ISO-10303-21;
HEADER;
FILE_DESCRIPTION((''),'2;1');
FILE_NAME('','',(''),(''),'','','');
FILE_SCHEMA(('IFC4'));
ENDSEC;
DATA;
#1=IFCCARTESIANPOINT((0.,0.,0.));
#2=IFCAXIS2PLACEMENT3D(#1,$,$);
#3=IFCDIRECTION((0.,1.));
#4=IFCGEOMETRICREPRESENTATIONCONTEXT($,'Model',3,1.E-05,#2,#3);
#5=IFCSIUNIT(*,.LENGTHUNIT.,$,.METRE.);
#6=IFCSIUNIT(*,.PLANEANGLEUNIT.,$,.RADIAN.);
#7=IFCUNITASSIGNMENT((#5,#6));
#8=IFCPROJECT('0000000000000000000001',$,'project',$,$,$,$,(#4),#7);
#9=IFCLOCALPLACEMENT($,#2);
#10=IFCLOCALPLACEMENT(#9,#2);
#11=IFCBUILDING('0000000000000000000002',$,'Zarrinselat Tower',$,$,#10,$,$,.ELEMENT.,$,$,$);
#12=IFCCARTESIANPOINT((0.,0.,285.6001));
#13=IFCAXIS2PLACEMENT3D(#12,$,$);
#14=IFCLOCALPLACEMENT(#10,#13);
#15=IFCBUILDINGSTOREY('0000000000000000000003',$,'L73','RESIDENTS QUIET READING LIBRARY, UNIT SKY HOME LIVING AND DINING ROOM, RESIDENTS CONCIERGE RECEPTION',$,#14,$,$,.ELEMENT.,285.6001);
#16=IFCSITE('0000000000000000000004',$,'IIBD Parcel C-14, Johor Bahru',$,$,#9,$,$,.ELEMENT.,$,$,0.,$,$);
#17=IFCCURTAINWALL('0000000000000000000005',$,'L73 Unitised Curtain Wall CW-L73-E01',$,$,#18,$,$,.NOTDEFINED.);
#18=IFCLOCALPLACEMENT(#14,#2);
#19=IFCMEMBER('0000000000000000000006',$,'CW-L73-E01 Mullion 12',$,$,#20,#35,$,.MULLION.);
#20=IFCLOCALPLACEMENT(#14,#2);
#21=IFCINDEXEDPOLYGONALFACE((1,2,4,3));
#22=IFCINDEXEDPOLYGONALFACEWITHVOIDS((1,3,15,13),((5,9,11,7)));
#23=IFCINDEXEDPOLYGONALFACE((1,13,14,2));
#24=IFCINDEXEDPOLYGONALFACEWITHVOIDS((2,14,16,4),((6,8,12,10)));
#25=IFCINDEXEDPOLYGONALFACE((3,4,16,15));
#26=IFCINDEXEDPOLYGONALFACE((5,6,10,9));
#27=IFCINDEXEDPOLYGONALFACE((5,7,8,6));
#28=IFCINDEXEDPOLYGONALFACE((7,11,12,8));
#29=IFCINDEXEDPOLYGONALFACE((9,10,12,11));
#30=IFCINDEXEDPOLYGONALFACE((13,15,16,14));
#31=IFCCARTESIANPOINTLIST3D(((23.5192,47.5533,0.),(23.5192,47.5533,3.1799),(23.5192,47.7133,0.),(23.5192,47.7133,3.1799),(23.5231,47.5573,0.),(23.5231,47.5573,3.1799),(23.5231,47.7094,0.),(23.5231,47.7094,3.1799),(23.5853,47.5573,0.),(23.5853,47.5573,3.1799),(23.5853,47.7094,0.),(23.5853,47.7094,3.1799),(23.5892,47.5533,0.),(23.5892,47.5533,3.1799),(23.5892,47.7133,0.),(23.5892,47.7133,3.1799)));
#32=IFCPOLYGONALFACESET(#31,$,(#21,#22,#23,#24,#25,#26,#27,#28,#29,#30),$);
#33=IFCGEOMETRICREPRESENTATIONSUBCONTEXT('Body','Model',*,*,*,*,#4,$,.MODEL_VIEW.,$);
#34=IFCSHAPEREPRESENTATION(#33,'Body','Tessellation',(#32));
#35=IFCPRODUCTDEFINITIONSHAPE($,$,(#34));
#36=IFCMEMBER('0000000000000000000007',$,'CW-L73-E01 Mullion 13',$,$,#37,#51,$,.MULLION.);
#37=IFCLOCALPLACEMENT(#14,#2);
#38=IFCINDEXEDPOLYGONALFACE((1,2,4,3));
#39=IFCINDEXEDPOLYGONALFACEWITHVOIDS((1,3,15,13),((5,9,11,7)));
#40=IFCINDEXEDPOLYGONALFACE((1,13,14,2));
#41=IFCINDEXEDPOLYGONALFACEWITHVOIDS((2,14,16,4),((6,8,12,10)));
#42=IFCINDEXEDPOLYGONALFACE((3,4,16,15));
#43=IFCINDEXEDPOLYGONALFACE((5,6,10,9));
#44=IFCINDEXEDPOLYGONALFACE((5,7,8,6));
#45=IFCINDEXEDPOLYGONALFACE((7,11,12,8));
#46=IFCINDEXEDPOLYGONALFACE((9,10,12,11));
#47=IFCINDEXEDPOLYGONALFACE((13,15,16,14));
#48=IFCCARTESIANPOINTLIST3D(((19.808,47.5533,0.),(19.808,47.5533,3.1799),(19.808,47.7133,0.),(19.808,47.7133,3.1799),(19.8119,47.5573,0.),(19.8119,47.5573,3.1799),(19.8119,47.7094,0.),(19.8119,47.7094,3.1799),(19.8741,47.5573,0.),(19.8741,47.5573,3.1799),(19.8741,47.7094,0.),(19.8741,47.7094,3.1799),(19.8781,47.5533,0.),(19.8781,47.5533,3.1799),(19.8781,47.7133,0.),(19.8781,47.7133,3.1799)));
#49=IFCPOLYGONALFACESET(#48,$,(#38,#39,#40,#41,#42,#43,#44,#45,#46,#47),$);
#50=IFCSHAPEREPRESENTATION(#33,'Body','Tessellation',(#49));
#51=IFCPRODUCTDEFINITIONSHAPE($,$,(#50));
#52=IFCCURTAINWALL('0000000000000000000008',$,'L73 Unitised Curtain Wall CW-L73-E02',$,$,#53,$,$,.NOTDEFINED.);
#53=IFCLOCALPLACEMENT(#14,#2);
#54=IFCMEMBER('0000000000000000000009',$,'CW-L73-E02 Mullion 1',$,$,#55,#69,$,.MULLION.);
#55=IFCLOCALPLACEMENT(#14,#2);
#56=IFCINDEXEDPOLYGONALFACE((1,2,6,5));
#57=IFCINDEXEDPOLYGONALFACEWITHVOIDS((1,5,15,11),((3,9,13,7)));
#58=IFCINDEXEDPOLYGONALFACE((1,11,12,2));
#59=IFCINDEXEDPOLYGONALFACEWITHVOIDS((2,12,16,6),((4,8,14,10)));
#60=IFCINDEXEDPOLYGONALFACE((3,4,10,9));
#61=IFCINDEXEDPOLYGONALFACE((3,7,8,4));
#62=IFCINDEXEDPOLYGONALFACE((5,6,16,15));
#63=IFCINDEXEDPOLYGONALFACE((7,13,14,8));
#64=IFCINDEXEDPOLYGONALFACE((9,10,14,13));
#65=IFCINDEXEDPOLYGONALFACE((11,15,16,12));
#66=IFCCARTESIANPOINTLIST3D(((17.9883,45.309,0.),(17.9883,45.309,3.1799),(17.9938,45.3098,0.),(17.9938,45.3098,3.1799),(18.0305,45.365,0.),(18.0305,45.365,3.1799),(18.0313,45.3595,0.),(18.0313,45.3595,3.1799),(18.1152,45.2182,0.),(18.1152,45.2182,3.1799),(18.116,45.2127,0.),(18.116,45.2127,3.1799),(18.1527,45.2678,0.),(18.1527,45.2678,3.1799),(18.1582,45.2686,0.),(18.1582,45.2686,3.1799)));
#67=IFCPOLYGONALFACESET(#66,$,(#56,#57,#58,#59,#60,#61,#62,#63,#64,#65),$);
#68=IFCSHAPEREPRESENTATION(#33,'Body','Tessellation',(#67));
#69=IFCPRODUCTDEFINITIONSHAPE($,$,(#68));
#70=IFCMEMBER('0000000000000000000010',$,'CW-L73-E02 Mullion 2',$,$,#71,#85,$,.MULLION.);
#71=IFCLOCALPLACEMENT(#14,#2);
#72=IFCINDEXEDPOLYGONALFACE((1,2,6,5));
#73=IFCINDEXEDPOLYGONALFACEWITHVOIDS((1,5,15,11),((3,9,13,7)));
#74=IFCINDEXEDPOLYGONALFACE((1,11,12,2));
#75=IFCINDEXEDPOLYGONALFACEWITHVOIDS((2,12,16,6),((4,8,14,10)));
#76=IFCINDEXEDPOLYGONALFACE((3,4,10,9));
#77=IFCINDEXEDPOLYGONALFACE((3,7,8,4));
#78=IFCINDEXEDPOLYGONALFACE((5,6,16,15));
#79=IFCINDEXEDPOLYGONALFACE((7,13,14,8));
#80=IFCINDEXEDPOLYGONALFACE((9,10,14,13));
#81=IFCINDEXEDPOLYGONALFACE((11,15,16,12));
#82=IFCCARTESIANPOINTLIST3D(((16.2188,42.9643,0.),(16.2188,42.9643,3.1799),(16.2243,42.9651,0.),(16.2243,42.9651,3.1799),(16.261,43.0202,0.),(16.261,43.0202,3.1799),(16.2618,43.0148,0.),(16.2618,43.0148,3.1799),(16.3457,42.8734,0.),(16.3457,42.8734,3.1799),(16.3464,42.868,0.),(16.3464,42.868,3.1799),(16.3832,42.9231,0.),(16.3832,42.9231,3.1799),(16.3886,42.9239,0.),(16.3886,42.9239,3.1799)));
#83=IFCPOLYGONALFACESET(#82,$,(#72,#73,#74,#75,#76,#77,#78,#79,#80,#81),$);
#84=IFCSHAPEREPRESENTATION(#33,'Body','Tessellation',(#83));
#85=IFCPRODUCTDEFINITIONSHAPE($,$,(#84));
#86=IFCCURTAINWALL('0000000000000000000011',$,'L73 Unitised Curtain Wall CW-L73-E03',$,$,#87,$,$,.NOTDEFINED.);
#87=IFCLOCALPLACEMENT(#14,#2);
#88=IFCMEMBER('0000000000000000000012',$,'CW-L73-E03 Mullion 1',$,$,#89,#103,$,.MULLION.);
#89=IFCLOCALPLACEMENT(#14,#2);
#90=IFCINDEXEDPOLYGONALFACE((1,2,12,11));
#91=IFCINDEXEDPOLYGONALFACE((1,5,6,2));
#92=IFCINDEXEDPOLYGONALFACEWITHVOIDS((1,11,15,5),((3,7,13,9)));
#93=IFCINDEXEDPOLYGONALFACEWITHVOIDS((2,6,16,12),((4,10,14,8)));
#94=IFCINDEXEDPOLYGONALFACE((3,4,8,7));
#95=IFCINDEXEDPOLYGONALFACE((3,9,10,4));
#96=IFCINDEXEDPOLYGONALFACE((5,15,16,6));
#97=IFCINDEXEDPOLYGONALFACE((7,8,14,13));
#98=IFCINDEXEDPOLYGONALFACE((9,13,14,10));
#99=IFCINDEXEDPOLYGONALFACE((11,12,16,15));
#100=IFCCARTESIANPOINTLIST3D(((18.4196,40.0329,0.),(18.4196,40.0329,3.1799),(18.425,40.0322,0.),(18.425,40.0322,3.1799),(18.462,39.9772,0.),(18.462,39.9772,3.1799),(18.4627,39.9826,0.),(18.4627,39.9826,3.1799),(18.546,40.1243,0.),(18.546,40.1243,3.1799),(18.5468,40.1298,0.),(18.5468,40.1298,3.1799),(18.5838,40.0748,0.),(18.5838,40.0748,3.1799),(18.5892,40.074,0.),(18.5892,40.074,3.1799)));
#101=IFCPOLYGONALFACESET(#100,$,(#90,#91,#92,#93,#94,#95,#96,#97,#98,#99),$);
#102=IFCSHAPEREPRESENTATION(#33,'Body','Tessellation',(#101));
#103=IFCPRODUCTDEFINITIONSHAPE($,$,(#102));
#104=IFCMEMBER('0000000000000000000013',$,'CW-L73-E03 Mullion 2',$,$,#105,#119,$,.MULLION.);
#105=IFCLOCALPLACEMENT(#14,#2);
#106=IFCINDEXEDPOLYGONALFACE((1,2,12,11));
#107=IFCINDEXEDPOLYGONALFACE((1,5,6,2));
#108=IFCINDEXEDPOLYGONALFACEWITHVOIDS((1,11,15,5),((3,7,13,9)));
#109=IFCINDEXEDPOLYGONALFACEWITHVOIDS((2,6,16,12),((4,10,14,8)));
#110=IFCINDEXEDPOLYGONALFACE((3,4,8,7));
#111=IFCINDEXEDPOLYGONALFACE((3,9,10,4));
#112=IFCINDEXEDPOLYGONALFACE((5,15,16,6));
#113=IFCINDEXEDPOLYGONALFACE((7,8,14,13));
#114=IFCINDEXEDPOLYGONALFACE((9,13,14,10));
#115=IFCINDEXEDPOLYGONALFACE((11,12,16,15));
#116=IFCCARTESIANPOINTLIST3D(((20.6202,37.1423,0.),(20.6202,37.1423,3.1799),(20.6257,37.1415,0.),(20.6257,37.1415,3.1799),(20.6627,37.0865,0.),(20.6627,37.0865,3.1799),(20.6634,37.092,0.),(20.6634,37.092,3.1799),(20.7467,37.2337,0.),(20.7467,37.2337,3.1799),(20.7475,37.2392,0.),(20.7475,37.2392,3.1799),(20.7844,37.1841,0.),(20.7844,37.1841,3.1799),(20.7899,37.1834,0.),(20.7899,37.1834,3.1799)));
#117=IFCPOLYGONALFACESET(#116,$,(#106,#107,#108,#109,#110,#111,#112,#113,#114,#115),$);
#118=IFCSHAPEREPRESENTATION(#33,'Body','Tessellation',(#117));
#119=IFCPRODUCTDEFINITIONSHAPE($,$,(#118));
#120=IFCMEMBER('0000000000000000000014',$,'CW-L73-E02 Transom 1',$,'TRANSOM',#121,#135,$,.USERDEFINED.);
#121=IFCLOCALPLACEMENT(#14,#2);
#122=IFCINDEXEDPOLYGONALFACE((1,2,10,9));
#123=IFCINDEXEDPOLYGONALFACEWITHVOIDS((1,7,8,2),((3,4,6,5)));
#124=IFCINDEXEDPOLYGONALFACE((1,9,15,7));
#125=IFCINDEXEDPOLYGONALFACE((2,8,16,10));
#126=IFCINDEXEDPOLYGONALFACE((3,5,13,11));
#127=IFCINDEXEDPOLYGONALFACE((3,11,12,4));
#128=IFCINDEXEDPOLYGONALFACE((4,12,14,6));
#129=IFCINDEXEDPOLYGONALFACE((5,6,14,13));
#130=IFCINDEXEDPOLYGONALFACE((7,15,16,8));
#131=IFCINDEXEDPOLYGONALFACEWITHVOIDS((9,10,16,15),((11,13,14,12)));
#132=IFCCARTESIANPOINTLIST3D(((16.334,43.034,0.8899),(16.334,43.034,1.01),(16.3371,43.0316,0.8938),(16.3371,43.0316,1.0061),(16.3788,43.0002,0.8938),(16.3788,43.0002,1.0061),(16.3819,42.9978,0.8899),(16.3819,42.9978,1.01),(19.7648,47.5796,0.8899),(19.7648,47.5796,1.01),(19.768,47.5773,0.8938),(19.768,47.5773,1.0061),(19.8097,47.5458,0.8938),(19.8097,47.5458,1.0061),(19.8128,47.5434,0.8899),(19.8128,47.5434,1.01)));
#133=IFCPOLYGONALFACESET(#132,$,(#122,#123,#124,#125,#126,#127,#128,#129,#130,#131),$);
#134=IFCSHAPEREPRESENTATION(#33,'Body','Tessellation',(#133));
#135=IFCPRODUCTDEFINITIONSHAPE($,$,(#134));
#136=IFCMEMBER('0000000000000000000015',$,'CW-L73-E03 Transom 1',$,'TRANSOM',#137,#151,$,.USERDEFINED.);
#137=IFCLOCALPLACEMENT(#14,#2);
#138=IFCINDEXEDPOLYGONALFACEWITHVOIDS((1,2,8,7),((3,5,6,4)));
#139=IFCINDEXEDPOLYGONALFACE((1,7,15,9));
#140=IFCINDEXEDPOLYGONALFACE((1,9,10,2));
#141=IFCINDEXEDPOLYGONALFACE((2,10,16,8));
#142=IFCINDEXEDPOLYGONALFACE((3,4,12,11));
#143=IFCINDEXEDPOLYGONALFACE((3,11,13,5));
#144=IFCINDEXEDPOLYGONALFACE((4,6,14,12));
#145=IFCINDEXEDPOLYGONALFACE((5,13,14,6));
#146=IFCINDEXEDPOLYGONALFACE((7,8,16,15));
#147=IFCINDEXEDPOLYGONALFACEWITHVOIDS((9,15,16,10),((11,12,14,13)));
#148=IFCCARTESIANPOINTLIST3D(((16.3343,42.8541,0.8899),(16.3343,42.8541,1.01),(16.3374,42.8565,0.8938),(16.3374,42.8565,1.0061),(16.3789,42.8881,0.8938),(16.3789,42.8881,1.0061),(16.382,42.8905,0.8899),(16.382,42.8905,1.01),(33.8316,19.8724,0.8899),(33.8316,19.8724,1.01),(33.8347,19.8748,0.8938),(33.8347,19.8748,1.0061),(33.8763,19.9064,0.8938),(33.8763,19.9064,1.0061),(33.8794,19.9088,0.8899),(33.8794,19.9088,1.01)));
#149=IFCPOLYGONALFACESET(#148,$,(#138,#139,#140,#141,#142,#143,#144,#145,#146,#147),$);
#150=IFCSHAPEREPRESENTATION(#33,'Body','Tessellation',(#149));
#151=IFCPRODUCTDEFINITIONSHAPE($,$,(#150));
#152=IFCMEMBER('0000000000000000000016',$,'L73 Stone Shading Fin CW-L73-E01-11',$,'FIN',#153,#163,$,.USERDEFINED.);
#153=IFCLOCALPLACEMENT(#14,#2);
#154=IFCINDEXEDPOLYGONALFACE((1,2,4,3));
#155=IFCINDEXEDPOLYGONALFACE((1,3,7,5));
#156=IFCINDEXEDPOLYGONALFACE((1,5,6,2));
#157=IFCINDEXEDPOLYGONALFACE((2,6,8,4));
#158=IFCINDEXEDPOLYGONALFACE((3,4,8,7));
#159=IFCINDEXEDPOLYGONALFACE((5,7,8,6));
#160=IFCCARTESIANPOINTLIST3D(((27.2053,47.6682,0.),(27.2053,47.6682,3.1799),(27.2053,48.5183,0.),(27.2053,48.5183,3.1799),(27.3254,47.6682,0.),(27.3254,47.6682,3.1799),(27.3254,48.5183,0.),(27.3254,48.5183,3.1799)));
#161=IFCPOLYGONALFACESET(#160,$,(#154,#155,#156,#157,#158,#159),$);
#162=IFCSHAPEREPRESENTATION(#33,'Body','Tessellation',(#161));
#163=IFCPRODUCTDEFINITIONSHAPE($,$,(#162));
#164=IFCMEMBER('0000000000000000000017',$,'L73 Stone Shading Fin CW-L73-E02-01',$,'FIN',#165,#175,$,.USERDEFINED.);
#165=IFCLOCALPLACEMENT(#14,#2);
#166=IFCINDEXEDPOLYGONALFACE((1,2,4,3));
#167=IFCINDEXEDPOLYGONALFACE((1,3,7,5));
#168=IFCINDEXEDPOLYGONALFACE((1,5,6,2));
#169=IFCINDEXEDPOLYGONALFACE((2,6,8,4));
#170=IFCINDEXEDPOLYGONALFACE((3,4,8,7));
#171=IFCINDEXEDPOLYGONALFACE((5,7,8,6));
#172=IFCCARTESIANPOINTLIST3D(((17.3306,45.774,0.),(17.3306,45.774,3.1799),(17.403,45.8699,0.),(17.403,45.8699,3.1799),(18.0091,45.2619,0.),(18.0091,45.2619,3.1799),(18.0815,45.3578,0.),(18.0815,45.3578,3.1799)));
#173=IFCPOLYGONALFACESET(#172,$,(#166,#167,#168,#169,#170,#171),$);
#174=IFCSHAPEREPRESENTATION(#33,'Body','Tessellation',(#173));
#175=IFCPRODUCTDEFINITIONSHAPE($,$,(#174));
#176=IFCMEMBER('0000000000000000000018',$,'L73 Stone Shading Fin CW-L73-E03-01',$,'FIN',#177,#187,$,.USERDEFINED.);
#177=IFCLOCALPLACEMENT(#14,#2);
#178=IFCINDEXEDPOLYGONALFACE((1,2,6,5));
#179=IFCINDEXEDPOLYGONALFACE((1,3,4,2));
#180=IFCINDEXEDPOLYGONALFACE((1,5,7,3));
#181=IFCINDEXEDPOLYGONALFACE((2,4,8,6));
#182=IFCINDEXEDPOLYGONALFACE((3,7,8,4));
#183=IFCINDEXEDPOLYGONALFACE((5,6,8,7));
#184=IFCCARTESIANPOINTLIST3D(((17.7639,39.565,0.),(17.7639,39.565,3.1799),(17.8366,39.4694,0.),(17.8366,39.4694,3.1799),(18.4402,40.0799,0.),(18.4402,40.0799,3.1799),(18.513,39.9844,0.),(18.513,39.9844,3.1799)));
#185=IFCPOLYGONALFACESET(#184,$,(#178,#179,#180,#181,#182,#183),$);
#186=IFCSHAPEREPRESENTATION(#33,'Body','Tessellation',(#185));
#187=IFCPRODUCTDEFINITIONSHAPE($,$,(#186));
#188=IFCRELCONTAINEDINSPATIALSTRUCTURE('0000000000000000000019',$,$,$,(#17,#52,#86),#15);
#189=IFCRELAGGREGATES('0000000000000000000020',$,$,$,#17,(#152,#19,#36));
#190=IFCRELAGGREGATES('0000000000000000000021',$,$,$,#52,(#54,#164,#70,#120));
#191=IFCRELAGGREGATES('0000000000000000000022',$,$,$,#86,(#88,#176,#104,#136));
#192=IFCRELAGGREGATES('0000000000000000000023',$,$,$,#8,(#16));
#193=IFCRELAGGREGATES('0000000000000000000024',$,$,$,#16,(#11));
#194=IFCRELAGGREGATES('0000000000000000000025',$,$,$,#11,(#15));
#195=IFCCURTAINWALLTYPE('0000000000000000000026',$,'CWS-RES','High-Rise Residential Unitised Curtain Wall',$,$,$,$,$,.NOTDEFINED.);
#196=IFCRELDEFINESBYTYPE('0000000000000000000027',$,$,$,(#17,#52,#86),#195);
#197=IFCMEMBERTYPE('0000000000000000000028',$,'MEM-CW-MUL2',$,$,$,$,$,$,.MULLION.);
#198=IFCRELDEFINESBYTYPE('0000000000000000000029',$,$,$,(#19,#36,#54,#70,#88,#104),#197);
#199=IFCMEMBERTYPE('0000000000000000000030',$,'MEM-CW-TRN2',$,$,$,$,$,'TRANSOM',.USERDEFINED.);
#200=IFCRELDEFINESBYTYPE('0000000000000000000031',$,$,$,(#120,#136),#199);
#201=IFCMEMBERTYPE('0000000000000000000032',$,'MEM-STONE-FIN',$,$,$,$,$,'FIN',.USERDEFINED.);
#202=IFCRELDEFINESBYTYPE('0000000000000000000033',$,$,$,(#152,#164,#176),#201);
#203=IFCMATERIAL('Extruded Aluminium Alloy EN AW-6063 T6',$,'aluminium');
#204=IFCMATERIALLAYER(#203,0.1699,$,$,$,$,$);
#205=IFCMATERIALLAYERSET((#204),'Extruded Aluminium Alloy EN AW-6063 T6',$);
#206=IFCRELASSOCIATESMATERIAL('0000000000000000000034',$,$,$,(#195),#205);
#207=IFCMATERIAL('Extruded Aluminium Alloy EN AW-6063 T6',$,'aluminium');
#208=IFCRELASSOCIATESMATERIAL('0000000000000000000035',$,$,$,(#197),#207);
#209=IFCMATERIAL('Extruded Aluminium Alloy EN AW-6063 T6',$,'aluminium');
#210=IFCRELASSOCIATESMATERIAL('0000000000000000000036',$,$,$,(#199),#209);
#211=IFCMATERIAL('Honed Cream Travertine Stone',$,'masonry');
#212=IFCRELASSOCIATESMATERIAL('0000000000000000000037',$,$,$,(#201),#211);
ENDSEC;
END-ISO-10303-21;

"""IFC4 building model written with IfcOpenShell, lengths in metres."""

from ifc_helpers import new_model, si_unit, direction, frame, origin, origin_2d, place, context, subcontext, project, spatial, rectangle, hollow_rectangle, extrude, material, layer, layer_set, material_profile, profile_set, type_object, element, aggregate, save


model = new_model("IFC4")

# Units and contexts
model_context = context("Model", 3, precision=1e-05, world=origin(), true_north=direction((0.0, 1.0)))
body_context = subcontext(model_context, "Body", "Model", "MODEL_VIEW")
ifc_project = project(units=[si_unit("LENGTHUNIT", "METRE"), si_unit("PLANEANGLEUNIT", "RADIAN")], contexts=[model_context])

# Site, building, storey
site_placement = place(None, origin())
site = spatial("IfcSite", under=ifc_project, at=site_placement, Name="IIBD Parcel C-14, Johor Bahru", CompositionType="ELEMENT", RefElevation=0.0)
building_placement = place(site_placement, origin())
building = spatial("IfcBuilding", under=site, at=building_placement, Name="Zarrinselat Tower", CompositionType="ELEMENT")
storey_placement = place(building_placement, frame((0.0, 0.0, 285.6001)))
storey = spatial("IfcBuildingStorey", under=building, at=storey_placement, Name="L73", Description="RESIDENTS QUIET READING LIBRARY, UNIT SKY HOME LIVING AND DINING ROOM, RESIDENTS CONCIERGE RECEPTION", CompositionType="ELEMENT", Elevation=285.6001)

# Curtain walls, members
ifc_material_1 = material(Name="Extruded Aluminium Alloy EN AW-6063 T6", Category="aluminium")
ifc_layer_1 = layer(ifc_material_1, 0.1699)
ifc_layer_set_1 = layer_set([ifc_layer_1], Name="Extruded Aluminium Alloy EN AW-6063 T6")
curtain_wall_type = type_object("IfcCurtainWallType", Name="CWS-RES", Description="High-Rise Residential Unitised Curtain Wall", PredefinedType="NOTDEFINED", material=ifc_layer_set_1)
curtain_wall_1_placement = place(storey_placement, origin())
curtain_wall_1 = element("IfcCurtainWall", 1, at=curtain_wall_1_placement, inside=storey, type_object=curtain_wall_type, Name="L73 Unitised Curtain Wall CW-L73-E01", PredefinedType="NOTDEFINED")
ifc_material_2 = material(Name="Extruded Aluminium Alloy EN AW-6063 T6", Category="aluminium")
ifc_material_profile_1 = material_profile(ifc_material_2, hollow_rectangle(XDim=0.0701, YDim=0.1599, WallThickness=0.0039, at=origin_2d()), Name="RHS 160x70x4")
ifc_profile_set_1 = profile_set([ifc_material_profile_1], Name="Extruded Aluminium Alloy EN AW-6063 T6")
member_type_1 = type_object("IfcMemberType", Name="MEM-CW-MUL2", PredefinedType="MULLION", material=ifc_profile_set_1)
member_1_placement = place(storey_placement, frame((23.5542, 47.6333, 0.0), z_axis=(0.0, 0.0, 1.0), x_axis=(-1.0, 0.0, 0.0)))
member_1 = element("IfcMember", 2, at=member_1_placement, type_object=member_type_1, Name="CW-L73-E01 Mullion 12", PredefinedType="MULLION", context=body_context, shape_type="SweptSolid", body=[
    extrude(hollow_rectangle(XDim=0.0701, YDim=0.1599, WallThickness=0.0039, at=origin_2d()), origin(), (0.0, 0.0, 1.0), 3.1799),
])
member_2_placement = place(storey_placement, frame((19.843, 47.6333, 0.0), z_axis=(0.0, 0.0, 1.0), x_axis=(-1.0, 0.0, 0.0)))
member_2 = element("IfcMember", 3, at=member_2_placement, type_object=member_type_1, Name="CW-L73-E01 Mullion 13", PredefinedType="MULLION", context=body_context, shape_type="SweptSolid", body=[
    extrude(hollow_rectangle(XDim=0.0701, YDim=0.1599, WallThickness=0.0039, at=origin_2d()), origin(), (0.0, 0.0, 1.0), 3.1799),
])
curtain_wall_2_placement = place(storey_placement, origin())
curtain_wall_2 = element("IfcCurtainWall", 4, at=curtain_wall_2_placement, inside=storey, type_object=curtain_wall_type, Name="L73 Unitised Curtain Wall CW-L73-E02", PredefinedType="NOTDEFINED")
member_3_placement = place(storey_placement, frame((18.0732, 45.2888, 0.0), z_axis=(0.0, 0.0, 1.0), x_axis=(-0.60244, -0.798164, 0.0)))
member_3 = element("IfcMember", 5, at=member_3_placement, type_object=member_type_1, Name="CW-L73-E02 Mullion 1", PredefinedType="MULLION", context=body_context, shape_type="SweptSolid", body=[
    extrude(hollow_rectangle(XDim=0.0701, YDim=0.1599, WallThickness=0.0039, at=origin_2d()), origin(), (0.0, 0.0, 1.0), 3.1799),
])
member_4_placement = place(storey_placement, frame((16.3037, 42.9441, 0.0), z_axis=(0.0, 0.0, 1.0), x_axis=(-0.60244, -0.798164, 0.0)))
member_4 = element("IfcMember", 6, at=member_4_placement, type_object=member_type_1, Name="CW-L73-E02 Mullion 2", PredefinedType="MULLION", context=body_context, shape_type="SweptSolid", body=[
    extrude(hollow_rectangle(XDim=0.0701, YDim=0.1599, WallThickness=0.0039, at=origin_2d()), origin(), (0.0, 0.0, 1.0), 3.1799),
])
curtain_wall_3_placement = place(storey_placement, origin())
curtain_wall_3 = element("IfcCurtainWall", 7, at=curtain_wall_3_placement, inside=storey, type_object=curtain_wall_type, Name="L73 Unitised Curtain Wall CW-L73-E03", PredefinedType="NOTDEFINED")
member_5_placement = place(storey_placement, frame((18.5044, 40.0535, 0.0), z_axis=(0.0, 0.0, 1.0), x_axis=(0.605767, -0.795642, 0.0)))
member_5 = element("IfcMember", 8, at=member_5_placement, type_object=member_type_1, Name="CW-L73-E03 Mullion 1", PredefinedType="MULLION", context=body_context, shape_type="SweptSolid", body=[
    extrude(hollow_rectangle(XDim=0.0701, YDim=0.1599, WallThickness=0.0039, at=origin_2d()), origin(), (0.0, 0.0, 1.0), 3.1799),
])
member_6_placement = place(storey_placement, frame((20.7051, 37.1628, 0.0), z_axis=(0.0, 0.0, 1.0), x_axis=(0.605767, -0.795642, 0.0)))
member_6 = element("IfcMember", 9, at=member_6_placement, type_object=member_type_1, Name="CW-L73-E03 Mullion 2", PredefinedType="MULLION", context=body_context, shape_type="SweptSolid", body=[
    extrude(hollow_rectangle(XDim=0.0701, YDim=0.1599, WallThickness=0.0039, at=origin_2d()), origin(), (0.0, 0.0, 1.0), 3.1799),
])

# Members
ifc_material_3 = material(Name="Extruded Aluminium Alloy EN AW-6063 T6", Category="aluminium")
ifc_material_profile_2 = material_profile(ifc_material_3, hollow_rectangle(XDim=0.0601, YDim=0.1201, WallThickness=0.0039, at=origin_2d()), Name="RHS 120x60x4")
ifc_profile_set_2 = profile_set([ifc_material_profile_2], Name="Extruded Aluminium Alloy EN AW-6063 T6")
member_type_2 = type_object("IfcMemberType", Name="MEM-CW-TRN2", ElementType="TRANSOM", PredefinedType="USERDEFINED", material=ifc_profile_set_2)
member_7_placement = place(storey_placement, frame((19.7888, 47.5615, 0.95), z_axis=(-0.602432, -0.79817, 0.0), x_axis=(0.79817, -0.602432, 0.0)))
member_7 = element("IfcMember", 10, at=member_7_placement, type_object=member_type_2, Name="CW-L73-E02 Transom 1", ObjectType="TRANSOM", PredefinedType="USERDEFINED", context=body_context, shape_type="SweptSolid", body=[
    extrude(hollow_rectangle(XDim=0.0601, YDim=0.1201, WallThickness=0.0039, at=origin_2d()), origin(), (0.0, 0.0, 1.0), 5.6951),
])
member_8_placement = place(storey_placement, frame((16.3582, 42.8723, 0.95), z_axis=(0.605768, -0.795641, 0.0), x_axis=(0.795641, 0.605768, 0.0)))
member_8 = element("IfcMember", 11, at=member_8_placement, type_object=member_type_2, Name="CW-L73-E03 Transom 1", ObjectType="TRANSOM", PredefinedType="USERDEFINED", context=body_context, shape_type="SweptSolid", body=[
    extrude(hollow_rectangle(XDim=0.0601, YDim=0.1201, WallThickness=0.0039, at=origin_2d()), origin(), (0.0, 0.0, 1.0), 28.8845),
])
ifc_material_4 = material(Name="Honed Cream Travertine Stone", Category="masonry")
ifc_material_profile_3 = material_profile(ifc_material_4, rectangle(XDim=0.1201, YDim=0.8501, at=origin_2d()), Name="FIN 850x120")
ifc_profile_set_3 = profile_set([ifc_material_profile_3], Name="Honed Cream Travertine Stone")
member_type_3 = type_object("IfcMemberType", Name="MEM-STONE-FIN", ElementType="FIN", PredefinedType="USERDEFINED", material=ifc_profile_set_3)
member_9_placement = place(storey_placement, frame((27.2654, 48.0933, 0.0), z_axis=(0.0, 0.0, 1.0), x_axis=(1.0, 0.0, 0.0)))
member_9 = element("IfcMember", 12, at=member_9_placement, type_object=member_type_3, Name="L73 Stone Shading Fin CW-L73-E01-11", ObjectType="FIN", PredefinedType="USERDEFINED", context=body_context, shape_type="SweptSolid", body=[
    extrude(rectangle(XDim=0.1201, YDim=0.8501, at=origin_2d()), origin(), (0.0, 0.0, 1.0), 3.1799),
])
member_10_placement = place(storey_placement, frame((17.7061, 45.5659, 0.0), z_axis=(0.0, 0.0, 1.0), x_axis=(0.60244, 0.798164, 0.0)))
member_10 = element("IfcMember", 13, at=member_10_placement, type_object=member_type_3, Name="L73 Stone Shading Fin CW-L73-E02-01", ObjectType="FIN", PredefinedType="USERDEFINED", context=body_context, shape_type="SweptSolid", body=[
    extrude(rectangle(XDim=0.1201, YDim=0.8501, at=origin_2d()), origin(), (0.0, 0.0, 1.0), 3.1799),
])
member_11_placement = place(storey_placement, frame((18.1384, 39.7747, 0.0), z_axis=(0.0, 0.0, 1.0), x_axis=(-0.605767, 0.795642, 0.0)))
member_11 = element("IfcMember", 14, at=member_11_placement, type_object=member_type_3, Name="L73 Stone Shading Fin CW-L73-E03-01", ObjectType="FIN", PredefinedType="USERDEFINED", context=body_context, shape_type="SweptSolid", body=[
    extrude(rectangle(XDim=0.1201, YDim=0.8501, at=origin_2d()), origin(), (0.0, 0.0, 1.0), 3.1799),
])

aggregate(curtain_wall_1, [member_9, member_1, member_2])
aggregate(curtain_wall_2, [member_3, member_10, member_4, member_7])
aggregate(curtain_wall_3, [member_5, member_11, member_6, member_8])

save(model, "model.ifc")
